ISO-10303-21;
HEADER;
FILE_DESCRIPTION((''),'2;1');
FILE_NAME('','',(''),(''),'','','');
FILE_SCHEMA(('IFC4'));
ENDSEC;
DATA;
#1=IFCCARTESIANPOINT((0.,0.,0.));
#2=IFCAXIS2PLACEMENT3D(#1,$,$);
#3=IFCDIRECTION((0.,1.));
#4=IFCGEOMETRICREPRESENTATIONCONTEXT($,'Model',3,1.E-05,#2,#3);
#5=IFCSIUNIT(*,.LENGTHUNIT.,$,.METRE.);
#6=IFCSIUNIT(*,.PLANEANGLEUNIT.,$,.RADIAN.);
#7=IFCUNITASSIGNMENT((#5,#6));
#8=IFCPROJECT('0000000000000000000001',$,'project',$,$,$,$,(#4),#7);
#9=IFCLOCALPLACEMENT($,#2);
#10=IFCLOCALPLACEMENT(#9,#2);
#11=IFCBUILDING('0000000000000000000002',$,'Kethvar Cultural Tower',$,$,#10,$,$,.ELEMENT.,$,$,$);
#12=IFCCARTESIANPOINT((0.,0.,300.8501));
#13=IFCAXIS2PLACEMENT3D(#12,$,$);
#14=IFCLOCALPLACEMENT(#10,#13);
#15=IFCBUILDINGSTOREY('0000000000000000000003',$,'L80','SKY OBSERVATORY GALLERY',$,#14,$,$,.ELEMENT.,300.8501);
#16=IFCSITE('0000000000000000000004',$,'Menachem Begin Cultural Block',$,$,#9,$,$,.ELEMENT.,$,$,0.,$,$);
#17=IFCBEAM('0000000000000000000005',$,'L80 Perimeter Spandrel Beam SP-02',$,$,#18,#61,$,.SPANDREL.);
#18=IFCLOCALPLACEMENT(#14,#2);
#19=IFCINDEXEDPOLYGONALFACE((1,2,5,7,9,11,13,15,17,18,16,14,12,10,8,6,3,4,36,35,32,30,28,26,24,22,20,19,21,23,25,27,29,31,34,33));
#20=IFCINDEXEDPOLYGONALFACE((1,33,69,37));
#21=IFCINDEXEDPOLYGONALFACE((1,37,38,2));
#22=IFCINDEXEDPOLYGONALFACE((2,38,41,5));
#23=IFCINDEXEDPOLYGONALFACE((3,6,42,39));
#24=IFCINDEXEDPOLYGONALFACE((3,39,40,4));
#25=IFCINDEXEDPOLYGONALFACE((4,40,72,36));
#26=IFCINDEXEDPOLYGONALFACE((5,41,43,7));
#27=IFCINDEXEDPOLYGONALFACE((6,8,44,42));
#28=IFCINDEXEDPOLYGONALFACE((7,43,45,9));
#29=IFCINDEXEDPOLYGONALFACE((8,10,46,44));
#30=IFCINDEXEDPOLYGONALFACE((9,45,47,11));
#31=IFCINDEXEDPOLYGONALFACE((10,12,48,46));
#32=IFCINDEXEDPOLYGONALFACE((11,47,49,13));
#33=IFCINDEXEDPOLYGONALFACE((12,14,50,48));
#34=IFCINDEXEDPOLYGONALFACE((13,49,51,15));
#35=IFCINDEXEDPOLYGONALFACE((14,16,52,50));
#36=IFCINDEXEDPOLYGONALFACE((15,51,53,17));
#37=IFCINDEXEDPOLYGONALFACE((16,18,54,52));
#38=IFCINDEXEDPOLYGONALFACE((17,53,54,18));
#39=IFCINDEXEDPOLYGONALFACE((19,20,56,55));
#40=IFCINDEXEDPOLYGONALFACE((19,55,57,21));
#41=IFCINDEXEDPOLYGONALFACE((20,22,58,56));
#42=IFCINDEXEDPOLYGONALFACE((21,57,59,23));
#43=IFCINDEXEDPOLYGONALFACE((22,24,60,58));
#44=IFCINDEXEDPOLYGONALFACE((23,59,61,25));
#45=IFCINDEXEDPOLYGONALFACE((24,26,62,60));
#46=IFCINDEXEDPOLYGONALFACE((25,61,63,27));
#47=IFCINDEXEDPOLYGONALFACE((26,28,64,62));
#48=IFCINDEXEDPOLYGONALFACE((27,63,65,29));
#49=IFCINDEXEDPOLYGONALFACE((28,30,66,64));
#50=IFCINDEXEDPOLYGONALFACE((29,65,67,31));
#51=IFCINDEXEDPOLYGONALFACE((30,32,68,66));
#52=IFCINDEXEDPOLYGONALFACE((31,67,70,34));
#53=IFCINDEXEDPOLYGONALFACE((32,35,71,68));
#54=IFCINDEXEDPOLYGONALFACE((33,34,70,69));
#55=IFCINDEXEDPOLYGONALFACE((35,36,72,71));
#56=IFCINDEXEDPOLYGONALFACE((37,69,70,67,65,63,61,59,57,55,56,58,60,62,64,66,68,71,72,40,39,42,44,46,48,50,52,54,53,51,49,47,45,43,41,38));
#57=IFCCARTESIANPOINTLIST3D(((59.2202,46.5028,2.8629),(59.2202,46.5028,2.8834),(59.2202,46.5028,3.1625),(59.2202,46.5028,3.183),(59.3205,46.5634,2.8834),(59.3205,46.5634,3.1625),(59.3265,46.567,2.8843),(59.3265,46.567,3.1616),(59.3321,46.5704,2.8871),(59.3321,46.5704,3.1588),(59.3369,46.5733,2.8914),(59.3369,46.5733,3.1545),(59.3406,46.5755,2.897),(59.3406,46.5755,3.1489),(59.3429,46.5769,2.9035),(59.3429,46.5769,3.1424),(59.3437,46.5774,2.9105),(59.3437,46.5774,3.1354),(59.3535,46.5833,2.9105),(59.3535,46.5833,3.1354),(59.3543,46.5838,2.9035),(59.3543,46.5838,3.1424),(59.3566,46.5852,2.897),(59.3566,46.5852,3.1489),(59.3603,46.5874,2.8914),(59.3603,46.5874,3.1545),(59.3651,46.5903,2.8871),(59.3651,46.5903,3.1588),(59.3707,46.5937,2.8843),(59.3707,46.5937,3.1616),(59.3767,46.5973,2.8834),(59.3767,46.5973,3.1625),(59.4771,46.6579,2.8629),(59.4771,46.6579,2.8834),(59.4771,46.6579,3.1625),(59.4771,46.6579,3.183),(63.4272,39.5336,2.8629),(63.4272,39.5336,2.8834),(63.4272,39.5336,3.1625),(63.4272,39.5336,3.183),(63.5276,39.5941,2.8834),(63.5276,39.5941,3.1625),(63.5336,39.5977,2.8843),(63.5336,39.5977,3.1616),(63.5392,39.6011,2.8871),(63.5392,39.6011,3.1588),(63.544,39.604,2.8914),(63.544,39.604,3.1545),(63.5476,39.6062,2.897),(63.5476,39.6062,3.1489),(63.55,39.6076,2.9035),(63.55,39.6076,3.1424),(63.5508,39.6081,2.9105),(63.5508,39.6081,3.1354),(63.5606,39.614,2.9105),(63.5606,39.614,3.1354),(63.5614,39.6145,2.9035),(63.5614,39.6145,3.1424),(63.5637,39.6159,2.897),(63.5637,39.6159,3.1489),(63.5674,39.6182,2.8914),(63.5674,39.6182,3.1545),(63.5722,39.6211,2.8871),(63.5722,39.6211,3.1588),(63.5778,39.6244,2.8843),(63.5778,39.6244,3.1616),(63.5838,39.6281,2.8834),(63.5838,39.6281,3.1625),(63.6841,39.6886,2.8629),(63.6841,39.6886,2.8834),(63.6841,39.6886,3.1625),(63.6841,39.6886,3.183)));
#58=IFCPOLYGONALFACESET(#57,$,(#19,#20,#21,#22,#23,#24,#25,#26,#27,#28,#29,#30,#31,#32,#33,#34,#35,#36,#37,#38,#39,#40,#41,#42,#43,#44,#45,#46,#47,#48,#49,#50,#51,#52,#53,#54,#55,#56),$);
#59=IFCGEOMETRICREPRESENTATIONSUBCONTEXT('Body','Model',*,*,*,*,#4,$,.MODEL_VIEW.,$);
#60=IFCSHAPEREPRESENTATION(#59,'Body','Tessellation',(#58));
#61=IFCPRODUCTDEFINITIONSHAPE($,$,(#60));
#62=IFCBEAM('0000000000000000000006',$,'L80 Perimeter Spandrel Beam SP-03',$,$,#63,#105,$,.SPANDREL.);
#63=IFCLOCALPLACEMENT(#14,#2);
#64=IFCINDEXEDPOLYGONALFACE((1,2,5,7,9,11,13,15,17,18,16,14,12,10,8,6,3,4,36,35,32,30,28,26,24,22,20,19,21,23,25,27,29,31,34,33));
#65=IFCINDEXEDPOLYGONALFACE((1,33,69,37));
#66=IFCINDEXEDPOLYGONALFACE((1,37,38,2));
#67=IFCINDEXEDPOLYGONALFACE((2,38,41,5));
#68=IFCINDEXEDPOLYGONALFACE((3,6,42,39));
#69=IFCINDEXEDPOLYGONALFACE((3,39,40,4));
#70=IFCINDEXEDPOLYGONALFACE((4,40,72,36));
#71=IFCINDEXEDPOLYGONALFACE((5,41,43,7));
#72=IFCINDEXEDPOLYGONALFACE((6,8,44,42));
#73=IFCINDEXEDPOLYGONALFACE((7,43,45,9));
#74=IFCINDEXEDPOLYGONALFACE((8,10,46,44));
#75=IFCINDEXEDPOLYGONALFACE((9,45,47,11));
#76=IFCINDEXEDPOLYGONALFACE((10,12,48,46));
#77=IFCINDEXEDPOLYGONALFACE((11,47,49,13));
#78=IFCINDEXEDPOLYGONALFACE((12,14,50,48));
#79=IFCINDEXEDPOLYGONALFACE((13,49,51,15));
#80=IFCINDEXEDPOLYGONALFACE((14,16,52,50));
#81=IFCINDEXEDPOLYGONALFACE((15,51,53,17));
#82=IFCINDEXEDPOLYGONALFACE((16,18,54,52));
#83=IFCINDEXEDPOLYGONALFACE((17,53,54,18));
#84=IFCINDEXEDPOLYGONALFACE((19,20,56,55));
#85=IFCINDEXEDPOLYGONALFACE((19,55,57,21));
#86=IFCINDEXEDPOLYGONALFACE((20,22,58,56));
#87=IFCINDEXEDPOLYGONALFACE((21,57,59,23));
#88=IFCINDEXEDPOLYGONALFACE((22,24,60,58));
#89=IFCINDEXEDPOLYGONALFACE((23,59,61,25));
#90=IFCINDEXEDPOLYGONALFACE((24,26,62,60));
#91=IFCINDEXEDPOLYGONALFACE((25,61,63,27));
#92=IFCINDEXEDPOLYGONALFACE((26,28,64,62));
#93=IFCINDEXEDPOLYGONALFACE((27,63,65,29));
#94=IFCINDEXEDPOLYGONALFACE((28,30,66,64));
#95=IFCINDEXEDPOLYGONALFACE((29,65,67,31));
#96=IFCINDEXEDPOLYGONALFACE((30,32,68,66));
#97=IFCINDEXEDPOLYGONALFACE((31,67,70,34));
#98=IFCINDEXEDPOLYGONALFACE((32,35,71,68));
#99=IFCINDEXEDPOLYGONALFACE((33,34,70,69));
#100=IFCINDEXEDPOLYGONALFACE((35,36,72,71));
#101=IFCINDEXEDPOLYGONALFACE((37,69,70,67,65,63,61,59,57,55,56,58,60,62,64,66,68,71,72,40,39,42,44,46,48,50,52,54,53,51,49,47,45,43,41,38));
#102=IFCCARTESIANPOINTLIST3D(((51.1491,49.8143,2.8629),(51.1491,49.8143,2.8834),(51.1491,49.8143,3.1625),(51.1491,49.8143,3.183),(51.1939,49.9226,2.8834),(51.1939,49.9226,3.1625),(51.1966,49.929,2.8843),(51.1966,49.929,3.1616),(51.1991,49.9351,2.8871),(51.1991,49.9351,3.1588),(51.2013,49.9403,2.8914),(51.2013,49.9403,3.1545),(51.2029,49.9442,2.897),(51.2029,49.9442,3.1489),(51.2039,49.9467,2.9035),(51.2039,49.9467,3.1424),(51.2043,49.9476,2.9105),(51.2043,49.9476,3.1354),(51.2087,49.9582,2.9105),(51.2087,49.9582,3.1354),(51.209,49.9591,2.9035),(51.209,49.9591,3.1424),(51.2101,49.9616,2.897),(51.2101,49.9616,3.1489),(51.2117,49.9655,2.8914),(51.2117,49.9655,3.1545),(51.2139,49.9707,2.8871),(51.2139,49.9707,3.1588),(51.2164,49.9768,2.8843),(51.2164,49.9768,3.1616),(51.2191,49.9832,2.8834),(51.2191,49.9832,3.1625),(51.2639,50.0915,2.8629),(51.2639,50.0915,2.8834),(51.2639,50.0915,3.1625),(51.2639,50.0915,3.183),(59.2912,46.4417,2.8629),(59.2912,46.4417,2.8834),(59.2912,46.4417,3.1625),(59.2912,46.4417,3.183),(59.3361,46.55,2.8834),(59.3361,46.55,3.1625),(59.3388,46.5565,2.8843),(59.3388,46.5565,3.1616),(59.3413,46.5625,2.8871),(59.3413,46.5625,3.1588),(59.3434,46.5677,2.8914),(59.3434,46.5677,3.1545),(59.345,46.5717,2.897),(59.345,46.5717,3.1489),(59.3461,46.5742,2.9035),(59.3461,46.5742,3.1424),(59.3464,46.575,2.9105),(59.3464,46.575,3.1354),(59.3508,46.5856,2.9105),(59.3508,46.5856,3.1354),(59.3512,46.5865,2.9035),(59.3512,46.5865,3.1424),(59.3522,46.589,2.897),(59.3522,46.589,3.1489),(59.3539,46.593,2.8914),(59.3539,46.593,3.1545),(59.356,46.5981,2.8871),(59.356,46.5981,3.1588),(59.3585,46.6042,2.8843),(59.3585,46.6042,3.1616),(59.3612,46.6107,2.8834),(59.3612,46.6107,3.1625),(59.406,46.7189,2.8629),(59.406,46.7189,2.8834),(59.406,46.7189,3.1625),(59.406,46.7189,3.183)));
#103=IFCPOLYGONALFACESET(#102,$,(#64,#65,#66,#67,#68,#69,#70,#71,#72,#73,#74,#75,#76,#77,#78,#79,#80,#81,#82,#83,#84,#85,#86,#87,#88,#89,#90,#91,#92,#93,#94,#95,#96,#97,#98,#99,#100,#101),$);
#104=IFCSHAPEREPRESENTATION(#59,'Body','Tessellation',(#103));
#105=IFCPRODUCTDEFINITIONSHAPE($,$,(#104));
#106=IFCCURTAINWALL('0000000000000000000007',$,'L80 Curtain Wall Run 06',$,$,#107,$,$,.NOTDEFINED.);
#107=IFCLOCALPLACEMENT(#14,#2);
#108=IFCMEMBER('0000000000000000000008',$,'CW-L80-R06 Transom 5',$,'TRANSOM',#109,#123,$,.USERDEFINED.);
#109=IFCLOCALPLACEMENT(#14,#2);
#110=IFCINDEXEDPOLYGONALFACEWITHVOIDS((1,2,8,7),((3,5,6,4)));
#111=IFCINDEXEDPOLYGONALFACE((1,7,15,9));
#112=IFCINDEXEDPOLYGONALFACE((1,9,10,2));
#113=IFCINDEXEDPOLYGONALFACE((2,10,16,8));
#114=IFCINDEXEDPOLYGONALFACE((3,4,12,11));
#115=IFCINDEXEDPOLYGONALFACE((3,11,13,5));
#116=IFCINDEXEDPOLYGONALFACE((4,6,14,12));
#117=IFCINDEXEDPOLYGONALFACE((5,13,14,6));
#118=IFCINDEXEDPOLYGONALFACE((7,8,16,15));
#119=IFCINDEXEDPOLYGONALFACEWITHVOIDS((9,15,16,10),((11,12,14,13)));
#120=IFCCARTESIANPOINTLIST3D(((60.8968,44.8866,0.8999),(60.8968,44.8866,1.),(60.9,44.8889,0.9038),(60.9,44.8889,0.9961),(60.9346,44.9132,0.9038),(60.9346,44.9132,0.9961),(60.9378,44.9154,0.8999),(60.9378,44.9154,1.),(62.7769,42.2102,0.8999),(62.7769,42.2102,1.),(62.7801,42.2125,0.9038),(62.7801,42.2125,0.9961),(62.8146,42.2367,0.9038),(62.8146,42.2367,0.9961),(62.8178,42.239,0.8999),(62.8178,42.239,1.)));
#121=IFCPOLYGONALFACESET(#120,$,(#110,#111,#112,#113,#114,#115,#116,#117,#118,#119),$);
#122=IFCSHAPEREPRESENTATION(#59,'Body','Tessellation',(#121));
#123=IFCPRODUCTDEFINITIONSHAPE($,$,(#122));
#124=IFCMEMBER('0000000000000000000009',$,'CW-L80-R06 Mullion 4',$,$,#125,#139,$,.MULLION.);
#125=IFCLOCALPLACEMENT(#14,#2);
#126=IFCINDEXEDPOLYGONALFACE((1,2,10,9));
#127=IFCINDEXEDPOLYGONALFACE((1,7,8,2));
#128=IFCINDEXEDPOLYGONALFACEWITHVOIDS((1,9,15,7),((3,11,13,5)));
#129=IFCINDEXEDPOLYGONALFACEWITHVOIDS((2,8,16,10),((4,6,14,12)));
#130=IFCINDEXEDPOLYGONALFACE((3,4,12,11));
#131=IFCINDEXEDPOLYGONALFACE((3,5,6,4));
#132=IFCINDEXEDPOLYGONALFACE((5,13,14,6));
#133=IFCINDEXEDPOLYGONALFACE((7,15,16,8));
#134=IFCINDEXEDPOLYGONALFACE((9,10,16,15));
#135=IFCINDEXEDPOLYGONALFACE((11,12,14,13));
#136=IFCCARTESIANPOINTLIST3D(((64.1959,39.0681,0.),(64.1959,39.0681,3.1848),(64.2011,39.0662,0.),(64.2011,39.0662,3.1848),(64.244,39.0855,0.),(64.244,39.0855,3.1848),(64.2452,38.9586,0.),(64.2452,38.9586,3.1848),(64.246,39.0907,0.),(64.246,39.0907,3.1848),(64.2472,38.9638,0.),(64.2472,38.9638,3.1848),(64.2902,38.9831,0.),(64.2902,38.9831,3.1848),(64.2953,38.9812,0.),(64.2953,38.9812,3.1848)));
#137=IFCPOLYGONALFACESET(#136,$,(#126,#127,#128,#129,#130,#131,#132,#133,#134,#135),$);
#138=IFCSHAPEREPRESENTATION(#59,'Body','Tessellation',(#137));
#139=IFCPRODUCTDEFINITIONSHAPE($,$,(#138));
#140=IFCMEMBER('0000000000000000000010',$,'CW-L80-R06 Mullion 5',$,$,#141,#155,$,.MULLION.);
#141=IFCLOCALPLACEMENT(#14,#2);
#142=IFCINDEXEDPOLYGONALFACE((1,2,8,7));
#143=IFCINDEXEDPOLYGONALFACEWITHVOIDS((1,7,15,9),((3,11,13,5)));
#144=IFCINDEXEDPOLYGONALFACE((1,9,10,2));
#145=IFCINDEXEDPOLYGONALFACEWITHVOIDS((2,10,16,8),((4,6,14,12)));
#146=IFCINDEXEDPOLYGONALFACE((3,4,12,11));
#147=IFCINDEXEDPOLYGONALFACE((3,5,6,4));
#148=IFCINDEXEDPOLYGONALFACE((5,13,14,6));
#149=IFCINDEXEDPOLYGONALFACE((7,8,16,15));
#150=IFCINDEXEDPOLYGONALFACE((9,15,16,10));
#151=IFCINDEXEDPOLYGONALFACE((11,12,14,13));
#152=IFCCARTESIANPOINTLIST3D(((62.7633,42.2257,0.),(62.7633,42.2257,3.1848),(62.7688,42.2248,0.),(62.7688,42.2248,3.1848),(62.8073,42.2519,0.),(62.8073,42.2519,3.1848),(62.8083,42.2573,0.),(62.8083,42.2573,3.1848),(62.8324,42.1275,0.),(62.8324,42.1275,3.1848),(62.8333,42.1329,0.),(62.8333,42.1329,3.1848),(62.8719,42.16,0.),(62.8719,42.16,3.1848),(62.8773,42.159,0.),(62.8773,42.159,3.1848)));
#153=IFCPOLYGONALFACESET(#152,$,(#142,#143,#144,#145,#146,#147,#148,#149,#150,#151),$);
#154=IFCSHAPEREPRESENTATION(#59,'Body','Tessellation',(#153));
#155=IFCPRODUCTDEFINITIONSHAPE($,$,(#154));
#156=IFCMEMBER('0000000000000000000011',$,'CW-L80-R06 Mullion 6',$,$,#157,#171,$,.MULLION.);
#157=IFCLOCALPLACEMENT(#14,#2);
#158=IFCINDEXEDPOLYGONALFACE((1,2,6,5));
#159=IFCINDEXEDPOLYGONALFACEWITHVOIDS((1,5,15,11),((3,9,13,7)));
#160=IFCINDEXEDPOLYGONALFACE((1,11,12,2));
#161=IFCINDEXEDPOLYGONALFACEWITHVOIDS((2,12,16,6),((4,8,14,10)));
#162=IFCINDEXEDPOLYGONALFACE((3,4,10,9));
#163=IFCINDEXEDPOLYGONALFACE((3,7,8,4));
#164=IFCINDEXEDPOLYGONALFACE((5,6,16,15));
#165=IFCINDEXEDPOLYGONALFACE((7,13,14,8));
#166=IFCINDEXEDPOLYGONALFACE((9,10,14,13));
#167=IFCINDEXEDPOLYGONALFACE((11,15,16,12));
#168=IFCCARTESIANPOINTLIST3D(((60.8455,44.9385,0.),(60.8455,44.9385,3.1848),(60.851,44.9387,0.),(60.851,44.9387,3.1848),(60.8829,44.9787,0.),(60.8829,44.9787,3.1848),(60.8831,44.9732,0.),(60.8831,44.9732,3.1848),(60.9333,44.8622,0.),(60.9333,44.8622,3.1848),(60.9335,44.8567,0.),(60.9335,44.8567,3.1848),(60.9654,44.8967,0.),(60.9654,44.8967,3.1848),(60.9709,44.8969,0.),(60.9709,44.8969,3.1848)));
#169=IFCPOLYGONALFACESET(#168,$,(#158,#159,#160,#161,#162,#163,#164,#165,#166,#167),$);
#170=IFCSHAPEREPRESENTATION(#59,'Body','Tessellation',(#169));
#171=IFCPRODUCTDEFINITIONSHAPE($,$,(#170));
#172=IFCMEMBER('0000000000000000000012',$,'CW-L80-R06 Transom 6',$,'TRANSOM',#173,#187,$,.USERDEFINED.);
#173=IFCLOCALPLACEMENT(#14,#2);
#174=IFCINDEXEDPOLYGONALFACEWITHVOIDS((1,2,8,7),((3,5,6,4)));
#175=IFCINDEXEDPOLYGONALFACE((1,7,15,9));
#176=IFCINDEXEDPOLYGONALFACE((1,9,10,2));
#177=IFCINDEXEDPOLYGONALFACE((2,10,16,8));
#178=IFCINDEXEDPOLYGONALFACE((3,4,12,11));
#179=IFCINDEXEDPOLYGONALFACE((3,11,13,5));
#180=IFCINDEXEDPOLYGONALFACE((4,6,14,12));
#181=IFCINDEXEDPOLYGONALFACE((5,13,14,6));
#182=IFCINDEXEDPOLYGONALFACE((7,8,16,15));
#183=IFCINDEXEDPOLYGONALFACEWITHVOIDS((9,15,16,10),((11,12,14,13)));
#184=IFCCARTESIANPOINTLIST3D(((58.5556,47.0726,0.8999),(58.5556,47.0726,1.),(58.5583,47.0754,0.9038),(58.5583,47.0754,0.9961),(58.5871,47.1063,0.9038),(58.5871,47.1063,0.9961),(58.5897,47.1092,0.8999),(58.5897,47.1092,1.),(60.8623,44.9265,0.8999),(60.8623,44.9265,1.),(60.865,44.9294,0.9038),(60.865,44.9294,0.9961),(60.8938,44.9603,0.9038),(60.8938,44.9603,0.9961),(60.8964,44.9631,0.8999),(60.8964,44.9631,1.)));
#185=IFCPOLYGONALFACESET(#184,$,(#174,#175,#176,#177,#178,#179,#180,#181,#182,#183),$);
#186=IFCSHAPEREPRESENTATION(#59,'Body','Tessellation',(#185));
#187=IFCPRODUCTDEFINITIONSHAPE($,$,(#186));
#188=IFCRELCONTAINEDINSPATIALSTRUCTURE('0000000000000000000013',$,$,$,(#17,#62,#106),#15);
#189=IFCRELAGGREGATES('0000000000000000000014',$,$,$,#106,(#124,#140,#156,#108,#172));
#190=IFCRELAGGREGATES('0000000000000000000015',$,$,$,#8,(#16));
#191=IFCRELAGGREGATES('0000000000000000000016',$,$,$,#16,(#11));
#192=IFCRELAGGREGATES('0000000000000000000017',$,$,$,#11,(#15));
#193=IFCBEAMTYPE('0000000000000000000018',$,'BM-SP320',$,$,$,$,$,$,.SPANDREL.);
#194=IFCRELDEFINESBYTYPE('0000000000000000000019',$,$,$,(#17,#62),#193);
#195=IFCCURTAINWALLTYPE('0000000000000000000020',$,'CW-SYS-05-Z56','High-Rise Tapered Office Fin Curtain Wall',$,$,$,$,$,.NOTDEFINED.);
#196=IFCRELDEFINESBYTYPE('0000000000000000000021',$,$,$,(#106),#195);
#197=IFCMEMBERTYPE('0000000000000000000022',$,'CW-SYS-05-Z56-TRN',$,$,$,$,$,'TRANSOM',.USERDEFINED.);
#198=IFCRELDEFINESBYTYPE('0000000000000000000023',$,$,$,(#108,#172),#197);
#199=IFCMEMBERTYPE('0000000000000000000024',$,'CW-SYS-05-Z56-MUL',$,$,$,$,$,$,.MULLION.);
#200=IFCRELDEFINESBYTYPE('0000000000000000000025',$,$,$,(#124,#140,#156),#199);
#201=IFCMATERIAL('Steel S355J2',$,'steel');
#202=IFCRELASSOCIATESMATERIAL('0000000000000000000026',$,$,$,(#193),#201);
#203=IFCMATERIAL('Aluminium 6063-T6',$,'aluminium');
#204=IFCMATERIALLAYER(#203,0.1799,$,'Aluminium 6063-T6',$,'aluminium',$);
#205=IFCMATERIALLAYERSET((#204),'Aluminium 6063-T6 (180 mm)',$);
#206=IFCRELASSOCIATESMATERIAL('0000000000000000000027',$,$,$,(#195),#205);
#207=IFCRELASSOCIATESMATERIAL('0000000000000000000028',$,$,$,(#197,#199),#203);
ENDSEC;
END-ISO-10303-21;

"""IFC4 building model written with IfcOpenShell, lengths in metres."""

from ifc_helpers import new_model, si_unit, direction, frame, origin, origin_2d, place, context, subcontext, project, spatial, hollow_rectangle, i_section, extrude, source, transform, mapped, material, layer, layer_set, material_profile, profile_set, type_object, element, aggregate, save


model = new_model("IFC4")

# Units and contexts
model_context = context("Model", 3, precision=1e-05, world=origin(), true_north=direction((0.0, 1.0)))
body_context = subcontext(model_context, "Body", "Model", "MODEL_VIEW")
ifc_project = project(units=[si_unit("LENGTHUNIT", "METRE"), si_unit("PLANEANGLEUNIT", "RADIAN")], contexts=[model_context])

# Site, building, storey
site_placement = place(None, origin())
site = spatial("IfcSite", under=ifc_project, at=site_placement, Name="Menachem Begin Cultural Block", CompositionType="ELEMENT", RefElevation=0.0)
building_placement = place(site_placement, origin())
building = spatial("IfcBuilding", under=site, at=building_placement, Name="Kethvar Cultural Tower", CompositionType="ELEMENT")
storey_placement = place(building_placement, frame((0.0, 0.0, 300.8501)))
storey = spatial("IfcBuildingStorey", under=building, at=storey_placement, Name="L80", Description="SKY OBSERVATORY GALLERY", CompositionType="ELEMENT", Elevation=300.8501)

# Shared definitions
ifc_material_1 = material(Name="Steel S355J2", Category="steel")

# Beams
ifc_material_profile_1 = material_profile(ifc_material_1, i_section(OverallWidth=0.3, OverallDepth=0.3201, WebThickness=0.0115, FlangeThickness=0.0205, FilletRadius=0.0271, at=origin_2d()), Name="Steel S355J2 — HEB320")
ifc_profile_set_1 = profile_set([ifc_material_profile_1], Name="Steel S355J2 — HEB320")
beam_type_1 = type_object("IfcBeamType", Name="BM-SP320", PredefinedType="SPANDREL", material=ifc_profile_set_1)
shared_shape_1 = source(origin(), body_context, "Body", "SweptSolid", [
    extrude(i_section(OverallWidth=0.3, OverallDepth=0.3201, WebThickness=0.0115, FlangeThickness=0.0205, FilletRadius=0.0271, at=origin_2d()), origin(), (0.0, 0.0, 1.0), 8.1406),
])
beam_1_placement = place(storey_placement, frame((63.5557, 39.6111, 3.0229), z_axis=(-0.516796, 0.856109, 0.0), x_axis=(-0.856109, -0.516796, 0.0)))
element("IfcBeam", 1, at=beam_1_placement, inside=storey, type_object=beam_type_1, Name="L80 Perimeter Spandrel Beam SP-02", PredefinedType="SPANDREL", context=body_context, shape_type="MappedRepresentation", body=[
    mapped(shared_shape_1, transform((0.0, 0.0, 0.0), scale=1.0)),
])
shared_shape_2 = source(origin(), body_context, "Body", "SweptSolid", [
    extrude(i_section(OverallWidth=0.3, OverallDepth=0.3201, WebThickness=0.0115, FlangeThickness=0.0205, FilletRadius=0.0271, at=origin_2d()), origin(), (0.0, 0.0, 1.0), 8.813),
])
beam_2_placement = place(storey_placement, frame((59.3486, 46.5803, 3.0229), z_axis=(-0.92388, 0.382683, 0.0), x_axis=(-0.382683, -0.92388, 0.0)))
element("IfcBeam", 2, at=beam_2_placement, inside=storey, type_object=beam_type_1, Name="L80 Perimeter Spandrel Beam SP-03", PredefinedType="SPANDREL", context=body_context, shape_type="MappedRepresentation", body=[
    mapped(shared_shape_2, transform((0.0, 0.0, 0.0), scale=1.0)),
])

# Curtain wall, members
ifc_material_2 = material(Name="Aluminium 6063-T6", Category="aluminium")
ifc_layer_1 = layer(ifc_material_2, 0.1799, Name="Aluminium 6063-T6", Category="aluminium")
ifc_layer_set_1 = layer_set([ifc_layer_1], Name="Aluminium 6063-T6 (180 mm)")
curtain_wall_type = type_object("IfcCurtainWallType", Name="CW-SYS-05-Z56", Description="High-Rise Tapered Office Fin Curtain Wall", PredefinedType="NOTDEFINED", material=ifc_layer_set_1)
curtain_wall_placement = place(storey_placement, origin())
curtain_wall = element("IfcCurtainWall", 3, at=curtain_wall_placement, inside=storey, type_object=curtain_wall_type, Name="L80 Curtain Wall Run 06", PredefinedType="NOTDEFINED")
ifc_material_profile_2 = material_profile(ifc_material_2, hollow_rectangle(XDim=0.05, YDim=0.1001, WallThickness=0.0039, at=origin_2d()), Name="Aluminium 6063-T6 — RHS100x50x4")
ifc_profile_set_2 = profile_set([ifc_material_profile_2], Name="Aluminium 6063-T6 — RHS100x50x4")
member_type_1 = type_object("IfcMemberType", Name="CW-SYS-05-Z56-TRN", ElementType="TRANSOM", PredefinedType="USERDEFINED", material=ifc_profile_set_2)
shared_shape_3 = source(origin(), body_context, "Body", "SweptSolid", [
    extrude(hollow_rectangle(XDim=0.05, YDim=0.1001, WallThickness=0.0039, at=origin_2d()), origin(), (0.0, 0.0, 1.0), 3.2708),
])
member_1_placement = place(storey_placement, frame((62.7974, 42.2246, 0.95), z_axis=(-0.574809, 0.818288, 0.0), x_axis=(-0.818288, -0.574809, 0.0)))
member_1 = element("IfcMember", 4, at=member_1_placement, type_object=member_type_1, Name="CW-L80-R06 Transom 5", ObjectType="TRANSOM", PredefinedType="USERDEFINED", context=body_context, shape_type="MappedRepresentation", body=[
    mapped(shared_shape_3, transform((0.0, 0.0, 0.0), scale=1.0)),
])
ifc_material_profile_3 = material_profile(ifc_material_2, hollow_rectangle(XDim=0.0549, YDim=0.1201, WallThickness=0.0039, at=origin_2d()), Name="Aluminium 6063-T6 — RHS120x55x4")
ifc_profile_set_3 = profile_set([ifc_material_profile_3], Name="Aluminium 6063-T6 — RHS120x55x4")
member_type_2 = type_object("IfcMemberType", Name="CW-SYS-05-Z56-MUL", PredefinedType="MULLION", material=ifc_profile_set_3)
shared_shape_4 = source(origin(), body_context, "Body", "SweptSolid", [
    extrude(hollow_rectangle(XDim=0.0549, YDim=0.1201, WallThickness=0.0039, at=origin_2d()), origin(), (0.0, 0.0, 1.0), 3.1848),
])
member_2_placement = place(storey_placement, frame((64.2456, 39.0247, 0.0), z_axis=(0.0, 0.0, 1.0), x_axis=(-0.911705, -0.410846, 0.0)))
member_2 = element("IfcMember", 5, at=member_2_placement, type_object=member_type_2, Name="CW-L80-R06 Mullion 4", PredefinedType="MULLION", context=body_context, shape_type="MappedRepresentation", body=[
    mapped(shared_shape_4, transform((0.0, 0.0, 0.0), scale=1.0)),
])
member_3_placement = place(storey_placement, frame((62.8203, 42.1924, 0.0), z_axis=(0.0, 0.0, 1.0), x_axis=(-0.81828, -0.57482, 0.0)))
member_3 = element("IfcMember", 6, at=member_3_placement, type_object=member_type_2, Name="CW-L80-R06 Mullion 5", PredefinedType="MULLION", context=body_context, shape_type="MappedRepresentation", body=[
    mapped(shared_shape_4, transform((0.0, 0.0, 0.0), scale=1.0)),
])
member_4_placement = place(storey_placement, frame((60.9082, 44.9177, 0.0), z_axis=(0.0, 0.0, 1.0), x_axis=(-0.681181, -0.732115, 0.0)))
member_4 = element("IfcMember", 7, at=member_4_placement, type_object=member_type_2, Name="CW-L80-R06 Mullion 6", PredefinedType="MULLION", context=body_context, shape_type="MappedRepresentation", body=[
    mapped(shared_shape_4, transform((0.0, 0.0, 0.0), scale=1.0)),
])
shared_shape_5 = source(origin(), body_context, "Body", "SweptSolid", [
    extrude(hollow_rectangle(XDim=0.05, YDim=0.1001, WallThickness=0.0039, at=origin_2d()), origin(), (0.0, 0.0, 1.0), 3.1506),
])
member_5_placement = place(storey_placement, frame((60.8794, 44.9448, 0.95), z_axis=(-0.732142, 0.681152, 0.0), x_axis=(-0.681152, -0.732142, 0.0)))
member_5 = element("IfcMember", 8, at=member_5_placement, type_object=member_type_1, Name="CW-L80-R06 Transom 6", ObjectType="TRANSOM", PredefinedType="USERDEFINED", context=body_context, shape_type="MappedRepresentation", body=[
    mapped(shared_shape_5, transform((0.0, 0.0, 0.0), scale=1.0)),
])
aggregate(curtain_wall, [member_2, member_3, member_4, member_1, member_5])

save(model, "model.ifc")
